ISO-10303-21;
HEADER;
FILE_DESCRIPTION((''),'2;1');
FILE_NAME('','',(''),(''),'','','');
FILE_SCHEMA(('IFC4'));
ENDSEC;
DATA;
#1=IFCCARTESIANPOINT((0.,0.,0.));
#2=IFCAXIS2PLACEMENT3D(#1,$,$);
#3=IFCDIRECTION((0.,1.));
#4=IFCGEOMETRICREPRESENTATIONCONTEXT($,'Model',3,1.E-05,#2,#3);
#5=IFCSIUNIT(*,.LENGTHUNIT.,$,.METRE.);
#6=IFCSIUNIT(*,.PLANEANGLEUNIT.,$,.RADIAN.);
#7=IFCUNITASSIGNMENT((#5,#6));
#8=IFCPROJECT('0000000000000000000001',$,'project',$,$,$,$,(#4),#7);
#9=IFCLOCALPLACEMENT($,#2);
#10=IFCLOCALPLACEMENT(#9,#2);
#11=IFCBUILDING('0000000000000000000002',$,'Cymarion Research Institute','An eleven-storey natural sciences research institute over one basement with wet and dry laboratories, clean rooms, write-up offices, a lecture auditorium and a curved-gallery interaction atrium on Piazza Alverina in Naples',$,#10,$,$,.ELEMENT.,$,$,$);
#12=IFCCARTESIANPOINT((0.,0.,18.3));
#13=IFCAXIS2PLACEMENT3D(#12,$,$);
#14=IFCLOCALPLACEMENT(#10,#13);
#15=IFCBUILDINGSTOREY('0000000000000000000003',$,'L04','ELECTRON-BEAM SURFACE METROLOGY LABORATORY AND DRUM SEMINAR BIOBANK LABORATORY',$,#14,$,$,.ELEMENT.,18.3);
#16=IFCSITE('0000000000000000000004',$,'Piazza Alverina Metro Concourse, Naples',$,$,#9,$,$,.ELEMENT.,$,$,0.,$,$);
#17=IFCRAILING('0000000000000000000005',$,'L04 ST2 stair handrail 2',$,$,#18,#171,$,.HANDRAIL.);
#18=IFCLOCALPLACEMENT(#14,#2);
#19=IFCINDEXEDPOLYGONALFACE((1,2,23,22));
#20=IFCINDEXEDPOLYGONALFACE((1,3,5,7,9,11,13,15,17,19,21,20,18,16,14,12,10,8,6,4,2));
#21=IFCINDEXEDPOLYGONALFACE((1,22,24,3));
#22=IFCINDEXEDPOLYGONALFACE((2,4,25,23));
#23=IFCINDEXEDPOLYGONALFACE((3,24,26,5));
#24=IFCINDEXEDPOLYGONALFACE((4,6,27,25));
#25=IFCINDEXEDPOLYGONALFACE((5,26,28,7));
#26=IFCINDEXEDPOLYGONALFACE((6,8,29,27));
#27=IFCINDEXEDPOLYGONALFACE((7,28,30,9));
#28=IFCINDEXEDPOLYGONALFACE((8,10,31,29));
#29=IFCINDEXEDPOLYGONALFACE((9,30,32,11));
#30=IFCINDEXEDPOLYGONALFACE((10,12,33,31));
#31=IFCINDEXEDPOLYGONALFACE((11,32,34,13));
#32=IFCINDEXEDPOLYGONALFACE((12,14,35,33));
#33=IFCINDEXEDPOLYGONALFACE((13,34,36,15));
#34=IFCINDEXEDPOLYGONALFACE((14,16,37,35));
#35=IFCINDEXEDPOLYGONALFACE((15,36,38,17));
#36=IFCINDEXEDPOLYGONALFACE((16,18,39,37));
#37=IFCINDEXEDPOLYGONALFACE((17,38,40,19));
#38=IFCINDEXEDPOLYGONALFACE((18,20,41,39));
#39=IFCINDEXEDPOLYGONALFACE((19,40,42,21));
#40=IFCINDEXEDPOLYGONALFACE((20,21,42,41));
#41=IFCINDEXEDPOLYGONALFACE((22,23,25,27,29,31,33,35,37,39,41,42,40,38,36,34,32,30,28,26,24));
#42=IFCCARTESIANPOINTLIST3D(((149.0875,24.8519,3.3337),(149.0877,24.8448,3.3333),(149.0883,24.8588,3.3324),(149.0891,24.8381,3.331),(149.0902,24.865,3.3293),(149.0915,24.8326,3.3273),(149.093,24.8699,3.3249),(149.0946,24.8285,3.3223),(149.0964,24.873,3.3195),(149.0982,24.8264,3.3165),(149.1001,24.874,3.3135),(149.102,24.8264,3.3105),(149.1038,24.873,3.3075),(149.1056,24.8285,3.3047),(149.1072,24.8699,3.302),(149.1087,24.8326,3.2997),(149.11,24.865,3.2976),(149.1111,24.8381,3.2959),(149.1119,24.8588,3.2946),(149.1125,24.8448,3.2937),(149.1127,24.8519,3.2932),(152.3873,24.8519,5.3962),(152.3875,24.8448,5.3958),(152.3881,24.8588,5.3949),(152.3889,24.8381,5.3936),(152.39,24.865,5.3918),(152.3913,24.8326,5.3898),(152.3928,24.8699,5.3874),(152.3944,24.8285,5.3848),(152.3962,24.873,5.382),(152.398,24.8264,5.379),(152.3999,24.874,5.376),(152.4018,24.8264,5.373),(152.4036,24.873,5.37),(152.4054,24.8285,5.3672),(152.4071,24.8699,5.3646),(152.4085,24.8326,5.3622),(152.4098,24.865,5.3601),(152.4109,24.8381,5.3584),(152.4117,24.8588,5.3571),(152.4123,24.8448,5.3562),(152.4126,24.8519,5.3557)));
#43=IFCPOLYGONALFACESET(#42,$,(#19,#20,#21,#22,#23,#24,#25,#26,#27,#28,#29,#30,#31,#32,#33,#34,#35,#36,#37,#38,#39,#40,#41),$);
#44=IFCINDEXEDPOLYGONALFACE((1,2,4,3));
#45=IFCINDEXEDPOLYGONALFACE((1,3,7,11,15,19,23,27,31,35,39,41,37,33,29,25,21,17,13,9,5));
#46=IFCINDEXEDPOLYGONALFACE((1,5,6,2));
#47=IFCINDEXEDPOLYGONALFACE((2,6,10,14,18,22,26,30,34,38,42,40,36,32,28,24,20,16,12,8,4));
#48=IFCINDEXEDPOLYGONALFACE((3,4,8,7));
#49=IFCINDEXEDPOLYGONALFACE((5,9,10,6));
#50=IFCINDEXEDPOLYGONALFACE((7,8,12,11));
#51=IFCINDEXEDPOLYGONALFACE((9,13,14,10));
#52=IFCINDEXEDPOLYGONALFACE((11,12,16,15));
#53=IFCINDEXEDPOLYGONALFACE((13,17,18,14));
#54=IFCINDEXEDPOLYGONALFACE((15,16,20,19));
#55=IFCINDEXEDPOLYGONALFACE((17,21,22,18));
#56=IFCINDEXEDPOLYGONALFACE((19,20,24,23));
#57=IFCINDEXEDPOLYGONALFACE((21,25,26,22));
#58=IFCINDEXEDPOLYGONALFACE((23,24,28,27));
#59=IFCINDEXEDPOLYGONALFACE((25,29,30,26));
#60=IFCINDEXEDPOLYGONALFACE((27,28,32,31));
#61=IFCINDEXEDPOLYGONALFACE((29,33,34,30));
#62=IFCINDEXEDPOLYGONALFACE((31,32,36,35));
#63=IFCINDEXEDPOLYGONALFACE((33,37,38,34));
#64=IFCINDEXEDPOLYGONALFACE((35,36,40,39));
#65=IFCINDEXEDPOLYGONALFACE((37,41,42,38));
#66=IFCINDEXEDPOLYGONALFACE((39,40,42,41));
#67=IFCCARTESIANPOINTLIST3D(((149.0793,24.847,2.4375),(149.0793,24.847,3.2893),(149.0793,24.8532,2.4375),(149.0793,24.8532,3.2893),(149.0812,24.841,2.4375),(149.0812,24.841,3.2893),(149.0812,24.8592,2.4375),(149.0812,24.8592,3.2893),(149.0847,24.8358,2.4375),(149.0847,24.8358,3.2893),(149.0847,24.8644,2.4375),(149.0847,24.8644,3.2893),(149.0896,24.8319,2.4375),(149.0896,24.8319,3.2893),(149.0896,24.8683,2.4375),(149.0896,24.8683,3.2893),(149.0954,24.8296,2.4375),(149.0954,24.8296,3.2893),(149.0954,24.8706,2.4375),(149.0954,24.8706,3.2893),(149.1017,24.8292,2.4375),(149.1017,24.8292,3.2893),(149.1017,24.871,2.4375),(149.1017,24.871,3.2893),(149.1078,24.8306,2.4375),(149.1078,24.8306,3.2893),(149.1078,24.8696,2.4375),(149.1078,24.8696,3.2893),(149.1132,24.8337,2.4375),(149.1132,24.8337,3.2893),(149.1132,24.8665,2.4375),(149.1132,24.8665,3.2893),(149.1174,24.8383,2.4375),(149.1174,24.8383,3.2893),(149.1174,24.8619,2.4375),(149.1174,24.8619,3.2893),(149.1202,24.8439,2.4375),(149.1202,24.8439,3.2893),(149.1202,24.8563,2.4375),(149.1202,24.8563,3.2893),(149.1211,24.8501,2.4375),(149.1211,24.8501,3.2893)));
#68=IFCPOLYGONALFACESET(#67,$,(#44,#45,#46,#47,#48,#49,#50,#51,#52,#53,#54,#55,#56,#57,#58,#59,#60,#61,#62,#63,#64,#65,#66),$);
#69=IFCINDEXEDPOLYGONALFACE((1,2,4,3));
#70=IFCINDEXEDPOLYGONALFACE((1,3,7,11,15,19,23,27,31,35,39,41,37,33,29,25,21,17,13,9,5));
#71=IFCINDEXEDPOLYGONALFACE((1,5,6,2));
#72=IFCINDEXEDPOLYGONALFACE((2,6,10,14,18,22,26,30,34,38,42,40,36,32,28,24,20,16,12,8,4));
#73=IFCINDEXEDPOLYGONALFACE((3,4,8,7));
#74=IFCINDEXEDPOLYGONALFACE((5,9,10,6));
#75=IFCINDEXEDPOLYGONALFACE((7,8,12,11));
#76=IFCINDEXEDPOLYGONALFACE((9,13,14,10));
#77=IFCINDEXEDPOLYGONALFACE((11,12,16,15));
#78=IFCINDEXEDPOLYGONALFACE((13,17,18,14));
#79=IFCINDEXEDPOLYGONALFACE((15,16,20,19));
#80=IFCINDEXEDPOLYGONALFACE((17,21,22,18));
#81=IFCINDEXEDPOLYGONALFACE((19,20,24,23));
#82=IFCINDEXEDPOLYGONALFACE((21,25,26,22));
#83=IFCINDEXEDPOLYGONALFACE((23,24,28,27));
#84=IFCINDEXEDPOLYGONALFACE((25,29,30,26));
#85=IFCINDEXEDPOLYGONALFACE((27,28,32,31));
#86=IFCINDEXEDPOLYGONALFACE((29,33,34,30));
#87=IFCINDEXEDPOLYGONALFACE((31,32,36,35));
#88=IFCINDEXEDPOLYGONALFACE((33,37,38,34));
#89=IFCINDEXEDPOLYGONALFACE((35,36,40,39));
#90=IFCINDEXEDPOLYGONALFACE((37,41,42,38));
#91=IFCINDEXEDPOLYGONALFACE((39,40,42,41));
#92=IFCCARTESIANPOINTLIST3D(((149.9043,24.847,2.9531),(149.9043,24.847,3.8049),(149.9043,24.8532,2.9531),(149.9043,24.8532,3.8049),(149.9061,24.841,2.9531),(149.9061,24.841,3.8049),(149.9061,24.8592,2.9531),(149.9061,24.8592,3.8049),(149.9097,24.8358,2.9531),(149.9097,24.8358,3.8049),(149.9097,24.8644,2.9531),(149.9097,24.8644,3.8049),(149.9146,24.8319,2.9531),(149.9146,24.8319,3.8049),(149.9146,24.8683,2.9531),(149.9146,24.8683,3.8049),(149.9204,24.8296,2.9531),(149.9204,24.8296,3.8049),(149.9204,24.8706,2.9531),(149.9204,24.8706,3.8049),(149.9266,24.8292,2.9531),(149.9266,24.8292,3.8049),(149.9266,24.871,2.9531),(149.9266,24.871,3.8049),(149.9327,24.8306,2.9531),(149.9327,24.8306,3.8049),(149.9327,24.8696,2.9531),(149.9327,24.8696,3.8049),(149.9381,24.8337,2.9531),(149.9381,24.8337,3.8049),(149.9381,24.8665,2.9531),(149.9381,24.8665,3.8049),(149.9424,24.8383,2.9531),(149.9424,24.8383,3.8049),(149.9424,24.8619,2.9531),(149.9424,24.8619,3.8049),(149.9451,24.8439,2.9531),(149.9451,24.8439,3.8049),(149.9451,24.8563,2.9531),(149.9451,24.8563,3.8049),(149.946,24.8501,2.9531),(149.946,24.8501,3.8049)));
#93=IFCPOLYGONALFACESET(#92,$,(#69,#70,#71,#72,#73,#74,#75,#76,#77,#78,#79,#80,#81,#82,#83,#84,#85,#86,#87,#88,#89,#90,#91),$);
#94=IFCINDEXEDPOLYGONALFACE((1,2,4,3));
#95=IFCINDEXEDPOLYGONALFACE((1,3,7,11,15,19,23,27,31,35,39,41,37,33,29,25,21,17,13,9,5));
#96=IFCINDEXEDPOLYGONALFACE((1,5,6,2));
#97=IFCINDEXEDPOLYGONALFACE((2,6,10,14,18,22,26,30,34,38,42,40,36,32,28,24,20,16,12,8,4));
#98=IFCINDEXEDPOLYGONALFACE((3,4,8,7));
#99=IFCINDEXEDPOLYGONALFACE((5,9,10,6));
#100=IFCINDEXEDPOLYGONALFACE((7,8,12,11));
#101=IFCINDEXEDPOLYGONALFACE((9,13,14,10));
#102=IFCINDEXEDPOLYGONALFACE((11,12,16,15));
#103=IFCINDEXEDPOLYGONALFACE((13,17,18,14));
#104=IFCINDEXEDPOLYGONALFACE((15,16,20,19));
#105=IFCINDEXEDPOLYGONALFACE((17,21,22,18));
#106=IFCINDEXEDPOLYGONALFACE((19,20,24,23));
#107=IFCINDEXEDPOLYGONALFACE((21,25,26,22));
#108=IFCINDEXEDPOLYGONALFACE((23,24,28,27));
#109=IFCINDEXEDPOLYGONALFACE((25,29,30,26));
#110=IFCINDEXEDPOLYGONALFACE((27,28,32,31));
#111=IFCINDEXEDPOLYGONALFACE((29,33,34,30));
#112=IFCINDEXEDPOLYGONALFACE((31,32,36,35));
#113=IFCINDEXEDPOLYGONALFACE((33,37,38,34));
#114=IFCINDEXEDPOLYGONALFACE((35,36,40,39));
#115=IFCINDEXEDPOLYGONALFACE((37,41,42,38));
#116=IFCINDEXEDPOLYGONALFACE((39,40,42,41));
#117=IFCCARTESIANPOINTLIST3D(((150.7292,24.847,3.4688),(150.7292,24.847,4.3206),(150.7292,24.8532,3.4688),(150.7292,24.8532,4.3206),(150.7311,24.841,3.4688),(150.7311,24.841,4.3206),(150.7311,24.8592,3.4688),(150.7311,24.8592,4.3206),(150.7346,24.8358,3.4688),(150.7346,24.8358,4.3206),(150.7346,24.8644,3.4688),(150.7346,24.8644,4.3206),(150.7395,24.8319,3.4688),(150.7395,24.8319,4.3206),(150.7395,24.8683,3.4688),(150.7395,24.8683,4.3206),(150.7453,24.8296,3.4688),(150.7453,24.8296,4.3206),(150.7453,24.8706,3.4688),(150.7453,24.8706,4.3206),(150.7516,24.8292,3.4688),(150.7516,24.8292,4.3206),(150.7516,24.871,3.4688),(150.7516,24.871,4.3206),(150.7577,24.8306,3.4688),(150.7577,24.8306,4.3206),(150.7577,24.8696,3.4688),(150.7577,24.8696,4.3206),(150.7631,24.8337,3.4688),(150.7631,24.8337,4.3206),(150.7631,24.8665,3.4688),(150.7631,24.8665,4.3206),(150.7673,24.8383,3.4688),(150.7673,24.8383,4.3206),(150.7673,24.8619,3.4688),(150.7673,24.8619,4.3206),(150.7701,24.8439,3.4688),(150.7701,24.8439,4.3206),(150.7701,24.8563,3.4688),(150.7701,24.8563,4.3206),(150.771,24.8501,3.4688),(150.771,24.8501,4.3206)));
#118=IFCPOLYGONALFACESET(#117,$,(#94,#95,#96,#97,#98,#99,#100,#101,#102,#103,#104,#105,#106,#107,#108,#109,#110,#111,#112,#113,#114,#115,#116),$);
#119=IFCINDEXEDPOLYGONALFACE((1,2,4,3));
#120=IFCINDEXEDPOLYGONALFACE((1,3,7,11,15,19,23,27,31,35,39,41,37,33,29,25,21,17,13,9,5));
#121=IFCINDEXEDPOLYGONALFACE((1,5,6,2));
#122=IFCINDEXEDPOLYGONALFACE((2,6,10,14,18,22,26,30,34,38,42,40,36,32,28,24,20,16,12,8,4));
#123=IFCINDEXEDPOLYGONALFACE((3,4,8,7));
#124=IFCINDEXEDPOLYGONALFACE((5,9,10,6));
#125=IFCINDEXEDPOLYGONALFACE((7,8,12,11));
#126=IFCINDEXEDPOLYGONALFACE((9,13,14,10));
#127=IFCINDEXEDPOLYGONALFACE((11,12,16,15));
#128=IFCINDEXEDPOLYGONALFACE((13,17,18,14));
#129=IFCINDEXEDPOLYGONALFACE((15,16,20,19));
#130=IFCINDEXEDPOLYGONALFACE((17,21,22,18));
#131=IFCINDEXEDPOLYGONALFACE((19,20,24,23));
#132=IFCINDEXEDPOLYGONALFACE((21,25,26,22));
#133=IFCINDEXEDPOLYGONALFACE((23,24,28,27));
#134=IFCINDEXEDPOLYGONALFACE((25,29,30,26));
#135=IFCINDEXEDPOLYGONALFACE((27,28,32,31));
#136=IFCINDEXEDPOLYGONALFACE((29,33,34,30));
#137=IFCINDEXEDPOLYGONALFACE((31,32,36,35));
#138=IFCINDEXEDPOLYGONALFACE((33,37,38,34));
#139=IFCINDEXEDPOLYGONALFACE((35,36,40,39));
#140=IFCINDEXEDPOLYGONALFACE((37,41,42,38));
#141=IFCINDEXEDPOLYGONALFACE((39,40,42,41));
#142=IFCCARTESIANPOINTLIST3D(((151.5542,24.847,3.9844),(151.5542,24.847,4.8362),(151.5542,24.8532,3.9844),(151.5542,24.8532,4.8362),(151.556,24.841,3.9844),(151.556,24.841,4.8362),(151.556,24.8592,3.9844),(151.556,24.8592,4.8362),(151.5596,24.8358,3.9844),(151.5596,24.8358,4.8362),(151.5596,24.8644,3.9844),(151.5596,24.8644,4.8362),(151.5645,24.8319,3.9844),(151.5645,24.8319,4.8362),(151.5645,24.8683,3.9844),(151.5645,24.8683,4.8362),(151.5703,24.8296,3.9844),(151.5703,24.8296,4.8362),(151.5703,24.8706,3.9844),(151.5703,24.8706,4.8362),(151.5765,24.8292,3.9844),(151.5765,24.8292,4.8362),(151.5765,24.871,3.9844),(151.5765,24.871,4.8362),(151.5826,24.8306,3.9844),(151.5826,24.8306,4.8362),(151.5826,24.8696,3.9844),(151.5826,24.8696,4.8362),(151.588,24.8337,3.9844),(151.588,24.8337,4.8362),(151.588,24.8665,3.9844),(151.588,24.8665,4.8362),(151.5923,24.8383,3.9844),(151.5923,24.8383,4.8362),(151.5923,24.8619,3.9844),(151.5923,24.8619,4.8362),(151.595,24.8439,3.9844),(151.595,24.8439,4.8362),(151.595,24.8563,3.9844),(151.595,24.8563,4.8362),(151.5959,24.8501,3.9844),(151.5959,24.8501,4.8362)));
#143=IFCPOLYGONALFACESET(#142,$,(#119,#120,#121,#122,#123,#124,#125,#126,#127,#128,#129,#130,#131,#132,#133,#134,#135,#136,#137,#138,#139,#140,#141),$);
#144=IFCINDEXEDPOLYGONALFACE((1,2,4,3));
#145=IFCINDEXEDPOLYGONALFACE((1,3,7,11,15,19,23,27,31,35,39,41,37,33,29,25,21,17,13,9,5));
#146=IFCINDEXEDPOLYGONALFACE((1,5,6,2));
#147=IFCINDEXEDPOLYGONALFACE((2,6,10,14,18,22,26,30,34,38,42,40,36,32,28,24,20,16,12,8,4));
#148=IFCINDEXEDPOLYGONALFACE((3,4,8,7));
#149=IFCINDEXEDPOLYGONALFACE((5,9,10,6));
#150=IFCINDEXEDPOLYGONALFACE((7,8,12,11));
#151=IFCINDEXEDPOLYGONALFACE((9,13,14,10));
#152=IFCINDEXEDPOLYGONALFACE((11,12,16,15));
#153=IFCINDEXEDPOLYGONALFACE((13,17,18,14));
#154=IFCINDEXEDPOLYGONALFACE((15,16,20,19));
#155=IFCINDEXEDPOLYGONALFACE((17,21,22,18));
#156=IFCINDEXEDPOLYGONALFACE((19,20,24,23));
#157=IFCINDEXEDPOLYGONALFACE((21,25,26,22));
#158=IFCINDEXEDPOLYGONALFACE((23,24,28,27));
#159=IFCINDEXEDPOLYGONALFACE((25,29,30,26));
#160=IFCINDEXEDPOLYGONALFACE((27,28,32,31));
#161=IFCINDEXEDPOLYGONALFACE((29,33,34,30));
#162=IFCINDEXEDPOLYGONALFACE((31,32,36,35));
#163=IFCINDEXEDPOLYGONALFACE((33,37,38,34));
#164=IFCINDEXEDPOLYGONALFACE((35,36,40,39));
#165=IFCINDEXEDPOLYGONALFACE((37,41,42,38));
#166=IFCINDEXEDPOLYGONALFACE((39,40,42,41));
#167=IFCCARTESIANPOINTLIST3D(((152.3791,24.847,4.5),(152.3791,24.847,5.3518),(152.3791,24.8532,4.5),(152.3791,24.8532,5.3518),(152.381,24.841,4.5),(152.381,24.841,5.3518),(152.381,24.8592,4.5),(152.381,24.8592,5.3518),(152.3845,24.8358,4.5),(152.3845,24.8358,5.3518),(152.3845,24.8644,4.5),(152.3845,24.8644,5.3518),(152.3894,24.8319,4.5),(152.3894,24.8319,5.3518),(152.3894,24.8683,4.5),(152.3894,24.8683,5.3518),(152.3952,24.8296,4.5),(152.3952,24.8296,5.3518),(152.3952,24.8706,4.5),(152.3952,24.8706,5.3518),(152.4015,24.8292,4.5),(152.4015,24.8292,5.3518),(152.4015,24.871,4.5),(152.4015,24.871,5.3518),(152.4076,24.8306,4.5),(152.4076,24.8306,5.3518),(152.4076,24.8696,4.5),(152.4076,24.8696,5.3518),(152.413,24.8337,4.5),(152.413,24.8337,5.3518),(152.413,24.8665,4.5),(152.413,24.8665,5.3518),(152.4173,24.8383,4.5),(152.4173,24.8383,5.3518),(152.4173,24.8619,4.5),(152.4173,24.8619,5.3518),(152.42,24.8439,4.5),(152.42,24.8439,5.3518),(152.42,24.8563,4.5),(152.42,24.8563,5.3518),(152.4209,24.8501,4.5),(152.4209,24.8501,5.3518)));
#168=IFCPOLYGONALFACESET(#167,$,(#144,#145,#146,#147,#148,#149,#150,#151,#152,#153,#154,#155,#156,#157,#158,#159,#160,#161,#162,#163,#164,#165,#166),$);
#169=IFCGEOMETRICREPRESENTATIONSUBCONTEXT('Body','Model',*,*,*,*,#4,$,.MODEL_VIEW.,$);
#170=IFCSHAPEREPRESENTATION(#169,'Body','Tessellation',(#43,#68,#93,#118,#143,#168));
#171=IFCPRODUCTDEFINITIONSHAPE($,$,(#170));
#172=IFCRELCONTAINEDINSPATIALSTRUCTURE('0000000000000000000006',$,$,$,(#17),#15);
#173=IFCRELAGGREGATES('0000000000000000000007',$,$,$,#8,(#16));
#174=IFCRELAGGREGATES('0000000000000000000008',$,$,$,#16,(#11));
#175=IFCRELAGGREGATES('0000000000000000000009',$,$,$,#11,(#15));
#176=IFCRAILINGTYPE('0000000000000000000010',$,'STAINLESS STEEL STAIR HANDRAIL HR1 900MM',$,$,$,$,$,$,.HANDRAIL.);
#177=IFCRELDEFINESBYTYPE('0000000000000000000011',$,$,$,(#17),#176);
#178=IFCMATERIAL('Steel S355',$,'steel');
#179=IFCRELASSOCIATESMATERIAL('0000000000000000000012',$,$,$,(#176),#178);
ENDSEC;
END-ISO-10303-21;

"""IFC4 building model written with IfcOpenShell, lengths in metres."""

from ifc_helpers import new_model, si_unit, direction, frame, origin, origin_2d, place, context, subcontext, project, spatial, circle, extrude, material, type_object, element, save


model = new_model("IFC4")

# Units and contexts
model_context = context("Model", 3, precision=1e-05, world=origin(), true_north=direction((0.0, 1.0)))
body_context = subcontext(model_context, "Body", "Model", "MODEL_VIEW")
ifc_project = project(units=[si_unit("LENGTHUNIT", "METRE"), si_unit("PLANEANGLEUNIT", "RADIAN")], contexts=[model_context])

# Site, building, storey
site_placement = place(None, origin())
site = spatial("IfcSite", under=ifc_project, at=site_placement, Name="Piazza Alverina Metro Concourse, Naples", CompositionType="ELEMENT", RefElevation=0.0)
building_placement = place(site_placement, origin())
building = spatial("IfcBuilding", under=site, at=building_placement, Name="Cymarion Research Institute", Description="An eleven-storey natural sciences research institute over one basement with wet and dry laboratories, clean rooms, write-up offices, a lecture auditorium and a curved-gallery interaction atrium on Piazza Alverina in Naples", CompositionType="ELEMENT")
storey_placement = place(building_placement, frame((0.0, 0.0, 18.3)))
storey = spatial("IfcBuildingStorey", under=building, at=storey_placement, Name="L04", Description="ELECTRON-BEAM SURFACE METROLOGY LABORATORY AND DRUM SEMINAR BIOBANK LABORATORY", CompositionType="ELEMENT", Elevation=18.3)

# Shared definitions
ifc_material_1 = material(Name="Steel S355", Category="steel")

# Railing
railing_type_1 = type_object("IfcRailingType", Name="STAINLESS STEEL STAIR HANDRAIL HR1 900MM", PredefinedType="HANDRAIL", material=ifc_material_1)
railing_1_placement = place(storey_placement, frame((149.1001, 24.8501, 2.4375)))
element("IfcRailing", 1, at=railing_1_placement, inside=storey, type_object=railing_type_1, Name="L04 ST2 stair handrail 2", PredefinedType="HANDRAIL", context=body_context, shape_type="SweptSolid", body=[
    extrude(circle(Radius=0.0239, at=origin_2d()), frame((0.0, 0.0, 0.876), z_axis=(0.847984, 0.0, 0.530021), x_axis=(0.0, 1.0, 0.0)), (0.0, 0.0, 1.0), 3.8914),
    extrude(circle(Radius=0.021, at=origin_2d()), origin(), (0.0, 0.0, 1.0), 0.8518),
    extrude(circle(Radius=0.021, at=origin_2d()), frame((0.825, 0.0, 0.5156)), (0.0, 0.0, 1.0), 0.8518),
    extrude(circle(Radius=0.021, at=origin_2d()), frame((1.6499, 0.0, 1.0312)), (0.0, 0.0, 1.0), 0.8518),
    extrude(circle(Radius=0.021, at=origin_2d()), frame((2.4749, 0.0, 1.5469)), (0.0, 0.0, 1.0), 0.8518),
    extrude(circle(Radius=0.021, at=origin_2d()), frame((3.2998, 0.0, 2.0625)), (0.0, 0.0, 1.0), 0.8518),
])

save(model, "model.ifc")
